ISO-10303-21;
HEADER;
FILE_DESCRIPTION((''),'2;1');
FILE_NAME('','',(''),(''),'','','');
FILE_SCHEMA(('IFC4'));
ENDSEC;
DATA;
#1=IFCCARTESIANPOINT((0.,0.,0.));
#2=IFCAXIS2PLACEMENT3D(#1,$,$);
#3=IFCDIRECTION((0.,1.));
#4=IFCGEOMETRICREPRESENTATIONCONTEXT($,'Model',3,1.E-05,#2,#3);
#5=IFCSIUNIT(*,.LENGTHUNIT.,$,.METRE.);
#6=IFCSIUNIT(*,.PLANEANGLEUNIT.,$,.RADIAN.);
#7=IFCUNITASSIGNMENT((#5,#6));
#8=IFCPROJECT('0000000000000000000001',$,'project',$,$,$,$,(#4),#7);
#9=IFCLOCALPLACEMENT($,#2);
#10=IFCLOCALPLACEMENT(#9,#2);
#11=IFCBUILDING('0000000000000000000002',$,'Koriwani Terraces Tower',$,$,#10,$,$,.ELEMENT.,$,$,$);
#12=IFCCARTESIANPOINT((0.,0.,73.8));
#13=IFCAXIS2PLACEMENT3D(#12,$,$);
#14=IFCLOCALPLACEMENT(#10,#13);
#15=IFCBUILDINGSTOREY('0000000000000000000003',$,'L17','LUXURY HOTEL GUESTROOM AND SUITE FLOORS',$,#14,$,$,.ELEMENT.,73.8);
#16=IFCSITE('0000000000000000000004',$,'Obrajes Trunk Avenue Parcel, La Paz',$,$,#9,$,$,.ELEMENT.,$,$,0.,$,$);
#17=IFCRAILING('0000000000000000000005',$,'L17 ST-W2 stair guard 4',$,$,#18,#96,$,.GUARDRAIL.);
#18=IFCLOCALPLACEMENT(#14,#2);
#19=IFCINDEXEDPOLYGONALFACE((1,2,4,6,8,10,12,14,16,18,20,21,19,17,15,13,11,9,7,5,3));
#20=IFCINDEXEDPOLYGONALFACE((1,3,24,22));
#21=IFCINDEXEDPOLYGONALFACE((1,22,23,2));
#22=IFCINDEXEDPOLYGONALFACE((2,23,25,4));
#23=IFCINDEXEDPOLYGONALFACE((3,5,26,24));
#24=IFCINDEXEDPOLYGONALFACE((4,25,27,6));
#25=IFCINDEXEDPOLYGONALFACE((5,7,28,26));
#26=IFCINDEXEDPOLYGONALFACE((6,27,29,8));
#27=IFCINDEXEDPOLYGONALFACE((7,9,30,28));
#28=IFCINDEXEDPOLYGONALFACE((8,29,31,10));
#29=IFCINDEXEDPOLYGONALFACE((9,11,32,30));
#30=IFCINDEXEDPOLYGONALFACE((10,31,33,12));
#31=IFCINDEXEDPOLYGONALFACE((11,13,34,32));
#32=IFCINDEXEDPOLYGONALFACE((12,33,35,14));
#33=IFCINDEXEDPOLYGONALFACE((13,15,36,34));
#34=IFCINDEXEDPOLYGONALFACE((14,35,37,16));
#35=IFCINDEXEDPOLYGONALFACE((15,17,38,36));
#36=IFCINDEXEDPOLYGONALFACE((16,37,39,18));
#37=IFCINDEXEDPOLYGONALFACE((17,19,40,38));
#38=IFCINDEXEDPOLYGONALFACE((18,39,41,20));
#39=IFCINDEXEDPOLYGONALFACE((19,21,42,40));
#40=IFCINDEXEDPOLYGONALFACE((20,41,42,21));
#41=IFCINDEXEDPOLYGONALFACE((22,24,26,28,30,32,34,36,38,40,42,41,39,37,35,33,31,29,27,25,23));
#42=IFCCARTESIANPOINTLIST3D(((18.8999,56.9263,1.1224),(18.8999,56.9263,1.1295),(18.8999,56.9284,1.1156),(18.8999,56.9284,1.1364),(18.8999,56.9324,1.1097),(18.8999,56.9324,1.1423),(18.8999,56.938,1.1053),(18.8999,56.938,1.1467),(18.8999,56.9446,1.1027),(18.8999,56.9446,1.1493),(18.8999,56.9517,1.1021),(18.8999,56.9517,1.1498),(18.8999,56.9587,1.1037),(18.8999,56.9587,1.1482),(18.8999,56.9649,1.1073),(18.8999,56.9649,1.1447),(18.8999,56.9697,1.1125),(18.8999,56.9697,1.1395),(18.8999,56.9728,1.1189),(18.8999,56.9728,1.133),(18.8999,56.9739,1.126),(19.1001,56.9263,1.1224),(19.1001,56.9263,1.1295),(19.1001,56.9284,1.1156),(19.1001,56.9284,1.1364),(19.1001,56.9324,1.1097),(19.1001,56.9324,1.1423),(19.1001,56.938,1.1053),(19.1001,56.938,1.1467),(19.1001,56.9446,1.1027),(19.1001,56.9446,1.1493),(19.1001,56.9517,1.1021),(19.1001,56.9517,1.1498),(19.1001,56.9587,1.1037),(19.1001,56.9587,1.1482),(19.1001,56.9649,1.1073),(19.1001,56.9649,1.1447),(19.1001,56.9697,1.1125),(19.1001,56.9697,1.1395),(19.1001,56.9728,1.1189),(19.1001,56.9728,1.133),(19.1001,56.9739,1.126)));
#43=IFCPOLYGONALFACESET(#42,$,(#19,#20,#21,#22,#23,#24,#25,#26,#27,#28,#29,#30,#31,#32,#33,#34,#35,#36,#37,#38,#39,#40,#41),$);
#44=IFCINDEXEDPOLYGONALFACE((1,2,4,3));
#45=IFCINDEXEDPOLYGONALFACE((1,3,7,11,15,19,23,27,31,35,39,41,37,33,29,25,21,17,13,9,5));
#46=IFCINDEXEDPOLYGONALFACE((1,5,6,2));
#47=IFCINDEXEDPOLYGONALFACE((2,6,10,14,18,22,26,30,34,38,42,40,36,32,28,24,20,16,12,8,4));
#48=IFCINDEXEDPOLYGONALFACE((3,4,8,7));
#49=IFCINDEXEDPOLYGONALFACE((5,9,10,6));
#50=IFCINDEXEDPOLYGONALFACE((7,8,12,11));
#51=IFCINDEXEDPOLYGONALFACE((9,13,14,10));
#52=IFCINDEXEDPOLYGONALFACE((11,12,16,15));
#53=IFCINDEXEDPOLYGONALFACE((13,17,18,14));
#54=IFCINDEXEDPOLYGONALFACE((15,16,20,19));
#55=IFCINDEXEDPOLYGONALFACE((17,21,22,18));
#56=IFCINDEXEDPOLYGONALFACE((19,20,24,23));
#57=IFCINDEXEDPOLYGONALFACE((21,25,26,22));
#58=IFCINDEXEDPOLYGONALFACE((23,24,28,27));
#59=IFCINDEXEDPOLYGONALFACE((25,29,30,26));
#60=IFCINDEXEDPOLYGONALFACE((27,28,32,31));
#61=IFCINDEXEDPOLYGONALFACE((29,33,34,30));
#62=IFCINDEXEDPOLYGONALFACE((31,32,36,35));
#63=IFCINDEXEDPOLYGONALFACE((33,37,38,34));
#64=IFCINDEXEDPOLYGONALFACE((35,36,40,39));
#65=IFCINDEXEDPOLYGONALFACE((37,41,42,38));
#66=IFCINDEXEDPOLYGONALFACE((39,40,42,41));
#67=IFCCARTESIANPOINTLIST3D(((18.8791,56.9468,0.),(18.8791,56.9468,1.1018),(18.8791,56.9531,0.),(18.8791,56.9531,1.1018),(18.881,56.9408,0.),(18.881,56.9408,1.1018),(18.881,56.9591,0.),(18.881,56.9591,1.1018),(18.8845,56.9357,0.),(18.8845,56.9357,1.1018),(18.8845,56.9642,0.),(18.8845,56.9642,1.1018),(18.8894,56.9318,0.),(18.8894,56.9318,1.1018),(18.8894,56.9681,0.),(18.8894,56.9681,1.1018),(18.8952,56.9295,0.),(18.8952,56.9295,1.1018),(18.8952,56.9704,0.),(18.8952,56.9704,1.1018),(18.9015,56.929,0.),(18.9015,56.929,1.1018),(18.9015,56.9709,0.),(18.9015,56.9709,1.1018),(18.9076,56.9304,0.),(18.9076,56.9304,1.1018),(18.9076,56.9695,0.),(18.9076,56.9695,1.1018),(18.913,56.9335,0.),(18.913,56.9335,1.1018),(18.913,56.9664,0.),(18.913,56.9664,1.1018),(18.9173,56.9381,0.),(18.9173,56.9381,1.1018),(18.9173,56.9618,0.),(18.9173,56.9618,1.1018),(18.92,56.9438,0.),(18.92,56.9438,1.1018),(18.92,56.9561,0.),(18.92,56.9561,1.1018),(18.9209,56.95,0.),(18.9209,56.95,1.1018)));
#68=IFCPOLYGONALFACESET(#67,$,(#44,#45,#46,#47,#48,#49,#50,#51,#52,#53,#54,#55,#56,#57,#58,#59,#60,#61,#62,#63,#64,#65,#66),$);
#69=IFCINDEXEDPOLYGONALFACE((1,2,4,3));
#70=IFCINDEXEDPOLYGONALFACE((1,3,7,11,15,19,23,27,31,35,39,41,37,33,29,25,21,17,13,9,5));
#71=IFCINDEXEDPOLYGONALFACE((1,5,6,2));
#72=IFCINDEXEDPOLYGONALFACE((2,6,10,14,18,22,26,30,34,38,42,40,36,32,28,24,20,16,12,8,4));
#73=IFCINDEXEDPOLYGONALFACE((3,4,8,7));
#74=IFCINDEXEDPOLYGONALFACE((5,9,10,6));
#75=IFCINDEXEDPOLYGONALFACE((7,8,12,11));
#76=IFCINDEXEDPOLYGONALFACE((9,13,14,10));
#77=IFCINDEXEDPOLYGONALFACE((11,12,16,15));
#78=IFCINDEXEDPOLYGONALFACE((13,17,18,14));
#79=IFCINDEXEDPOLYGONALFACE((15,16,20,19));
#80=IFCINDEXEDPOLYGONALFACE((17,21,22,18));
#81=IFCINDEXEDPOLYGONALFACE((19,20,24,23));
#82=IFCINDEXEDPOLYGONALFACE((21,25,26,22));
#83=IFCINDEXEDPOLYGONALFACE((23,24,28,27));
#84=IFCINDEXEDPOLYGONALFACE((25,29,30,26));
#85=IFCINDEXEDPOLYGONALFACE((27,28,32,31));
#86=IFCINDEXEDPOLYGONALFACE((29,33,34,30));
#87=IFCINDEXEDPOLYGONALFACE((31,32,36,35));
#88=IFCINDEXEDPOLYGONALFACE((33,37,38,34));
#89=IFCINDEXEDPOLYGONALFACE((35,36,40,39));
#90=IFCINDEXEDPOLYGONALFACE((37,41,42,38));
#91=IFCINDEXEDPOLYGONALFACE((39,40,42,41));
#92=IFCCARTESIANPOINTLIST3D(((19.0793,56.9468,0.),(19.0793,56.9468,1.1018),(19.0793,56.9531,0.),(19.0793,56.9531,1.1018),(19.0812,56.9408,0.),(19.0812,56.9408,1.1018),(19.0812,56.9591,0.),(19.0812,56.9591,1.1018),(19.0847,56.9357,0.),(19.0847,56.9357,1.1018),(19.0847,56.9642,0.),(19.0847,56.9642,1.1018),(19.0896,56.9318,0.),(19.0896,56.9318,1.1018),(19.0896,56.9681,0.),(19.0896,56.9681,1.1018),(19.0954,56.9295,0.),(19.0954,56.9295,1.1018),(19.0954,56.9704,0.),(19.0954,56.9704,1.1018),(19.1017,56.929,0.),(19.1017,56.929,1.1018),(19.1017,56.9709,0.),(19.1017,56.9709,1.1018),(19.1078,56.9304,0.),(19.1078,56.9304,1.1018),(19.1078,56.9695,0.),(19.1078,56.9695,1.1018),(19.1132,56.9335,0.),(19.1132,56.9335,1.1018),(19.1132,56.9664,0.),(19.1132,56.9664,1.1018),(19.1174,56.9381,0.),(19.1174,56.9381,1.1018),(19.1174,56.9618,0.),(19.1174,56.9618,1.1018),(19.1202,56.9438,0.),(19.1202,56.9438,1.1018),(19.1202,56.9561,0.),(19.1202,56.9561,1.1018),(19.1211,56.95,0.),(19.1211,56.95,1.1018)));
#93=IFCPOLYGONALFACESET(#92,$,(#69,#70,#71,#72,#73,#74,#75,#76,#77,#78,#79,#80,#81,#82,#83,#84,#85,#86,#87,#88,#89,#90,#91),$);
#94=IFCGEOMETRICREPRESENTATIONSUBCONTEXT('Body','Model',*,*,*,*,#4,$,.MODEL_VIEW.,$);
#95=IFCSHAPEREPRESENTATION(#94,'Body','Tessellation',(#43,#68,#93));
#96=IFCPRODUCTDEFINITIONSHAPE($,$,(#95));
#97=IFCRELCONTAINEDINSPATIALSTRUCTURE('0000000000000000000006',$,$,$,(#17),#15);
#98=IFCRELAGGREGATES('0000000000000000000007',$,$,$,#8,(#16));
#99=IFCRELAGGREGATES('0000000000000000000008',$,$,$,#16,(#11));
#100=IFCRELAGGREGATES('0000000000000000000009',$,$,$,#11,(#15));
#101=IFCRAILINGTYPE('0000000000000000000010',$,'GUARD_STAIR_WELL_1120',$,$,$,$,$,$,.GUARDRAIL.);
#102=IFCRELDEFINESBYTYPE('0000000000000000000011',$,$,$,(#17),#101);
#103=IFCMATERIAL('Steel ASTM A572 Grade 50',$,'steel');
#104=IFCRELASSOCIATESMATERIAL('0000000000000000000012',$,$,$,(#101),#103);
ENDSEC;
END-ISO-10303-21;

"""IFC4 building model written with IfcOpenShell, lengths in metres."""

from ifc_helpers import new_model, si_unit, direction, frame, origin, origin_2d, place, context, subcontext, project, spatial, circle, extrude, material, type_object, element, save


model = new_model("IFC4")

# Units and contexts
model_context = context("Model", 3, precision=1e-05, world=origin(), true_north=direction((0.0, 1.0)))
body_context = subcontext(model_context, "Body", "Model", "MODEL_VIEW")
ifc_project = project(units=[si_unit("LENGTHUNIT", "METRE"), si_unit("PLANEANGLEUNIT", "RADIAN")], contexts=[model_context])

# Site, building, storey
site_placement = place(None, origin())
site = spatial("IfcSite", under=ifc_project, at=site_placement, Name="Obrajes Trunk Avenue Parcel, La Paz", CompositionType="ELEMENT", RefElevation=0.0)
building_placement = place(site_placement, origin())
building = spatial("IfcBuilding", under=site, at=building_placement, Name="Koriwani Terraces Tower", CompositionType="ELEMENT")
storey_placement = place(building_placement, frame((0.0, 0.0, 73.8)))
storey = spatial("IfcBuildingStorey", under=building, at=storey_placement, Name="L17", Description="LUXURY HOTEL GUESTROOM AND SUITE FLOORS", CompositionType="ELEMENT", Elevation=73.8)

# Shared definitions
ifc_material_1 = material(Name="Steel ASTM A572 Grade 50", Category="steel")

# Railing
railing_type_1 = type_object("IfcRailingType", Name="GUARD_STAIR_WELL_1120", PredefinedType="GUARDRAIL", material=ifc_material_1)
railing_1_placement = place(storey_placement, frame((18.8999, 56.95, 0.0)))
element("IfcRailing", 1, at=railing_1_placement, inside=storey, type_object=railing_type_1, Name="L17 ST-W2 stair guard 4", PredefinedType="GUARDRAIL", context=body_context, shape_type="SweptSolid", body=[
    extrude(circle(Radius=0.0239, at=origin_2d()), frame((0.0, 0.0, 1.126), z_axis=(1.0, 0.0, 0.0), x_axis=(0.0, 1.0, 0.0)), (0.0, 0.0, 1.0), 0.2002),
    extrude(circle(Radius=0.021, at=origin_2d()), origin(), (0.0, 0.0, 1.0), 1.1018),
    extrude(circle(Radius=0.021, at=origin_2d()), frame((0.2002, 0.0, 0.0)), (0.0, 0.0, 1.0), 1.1018),
])

save(model, "model.ifc")
